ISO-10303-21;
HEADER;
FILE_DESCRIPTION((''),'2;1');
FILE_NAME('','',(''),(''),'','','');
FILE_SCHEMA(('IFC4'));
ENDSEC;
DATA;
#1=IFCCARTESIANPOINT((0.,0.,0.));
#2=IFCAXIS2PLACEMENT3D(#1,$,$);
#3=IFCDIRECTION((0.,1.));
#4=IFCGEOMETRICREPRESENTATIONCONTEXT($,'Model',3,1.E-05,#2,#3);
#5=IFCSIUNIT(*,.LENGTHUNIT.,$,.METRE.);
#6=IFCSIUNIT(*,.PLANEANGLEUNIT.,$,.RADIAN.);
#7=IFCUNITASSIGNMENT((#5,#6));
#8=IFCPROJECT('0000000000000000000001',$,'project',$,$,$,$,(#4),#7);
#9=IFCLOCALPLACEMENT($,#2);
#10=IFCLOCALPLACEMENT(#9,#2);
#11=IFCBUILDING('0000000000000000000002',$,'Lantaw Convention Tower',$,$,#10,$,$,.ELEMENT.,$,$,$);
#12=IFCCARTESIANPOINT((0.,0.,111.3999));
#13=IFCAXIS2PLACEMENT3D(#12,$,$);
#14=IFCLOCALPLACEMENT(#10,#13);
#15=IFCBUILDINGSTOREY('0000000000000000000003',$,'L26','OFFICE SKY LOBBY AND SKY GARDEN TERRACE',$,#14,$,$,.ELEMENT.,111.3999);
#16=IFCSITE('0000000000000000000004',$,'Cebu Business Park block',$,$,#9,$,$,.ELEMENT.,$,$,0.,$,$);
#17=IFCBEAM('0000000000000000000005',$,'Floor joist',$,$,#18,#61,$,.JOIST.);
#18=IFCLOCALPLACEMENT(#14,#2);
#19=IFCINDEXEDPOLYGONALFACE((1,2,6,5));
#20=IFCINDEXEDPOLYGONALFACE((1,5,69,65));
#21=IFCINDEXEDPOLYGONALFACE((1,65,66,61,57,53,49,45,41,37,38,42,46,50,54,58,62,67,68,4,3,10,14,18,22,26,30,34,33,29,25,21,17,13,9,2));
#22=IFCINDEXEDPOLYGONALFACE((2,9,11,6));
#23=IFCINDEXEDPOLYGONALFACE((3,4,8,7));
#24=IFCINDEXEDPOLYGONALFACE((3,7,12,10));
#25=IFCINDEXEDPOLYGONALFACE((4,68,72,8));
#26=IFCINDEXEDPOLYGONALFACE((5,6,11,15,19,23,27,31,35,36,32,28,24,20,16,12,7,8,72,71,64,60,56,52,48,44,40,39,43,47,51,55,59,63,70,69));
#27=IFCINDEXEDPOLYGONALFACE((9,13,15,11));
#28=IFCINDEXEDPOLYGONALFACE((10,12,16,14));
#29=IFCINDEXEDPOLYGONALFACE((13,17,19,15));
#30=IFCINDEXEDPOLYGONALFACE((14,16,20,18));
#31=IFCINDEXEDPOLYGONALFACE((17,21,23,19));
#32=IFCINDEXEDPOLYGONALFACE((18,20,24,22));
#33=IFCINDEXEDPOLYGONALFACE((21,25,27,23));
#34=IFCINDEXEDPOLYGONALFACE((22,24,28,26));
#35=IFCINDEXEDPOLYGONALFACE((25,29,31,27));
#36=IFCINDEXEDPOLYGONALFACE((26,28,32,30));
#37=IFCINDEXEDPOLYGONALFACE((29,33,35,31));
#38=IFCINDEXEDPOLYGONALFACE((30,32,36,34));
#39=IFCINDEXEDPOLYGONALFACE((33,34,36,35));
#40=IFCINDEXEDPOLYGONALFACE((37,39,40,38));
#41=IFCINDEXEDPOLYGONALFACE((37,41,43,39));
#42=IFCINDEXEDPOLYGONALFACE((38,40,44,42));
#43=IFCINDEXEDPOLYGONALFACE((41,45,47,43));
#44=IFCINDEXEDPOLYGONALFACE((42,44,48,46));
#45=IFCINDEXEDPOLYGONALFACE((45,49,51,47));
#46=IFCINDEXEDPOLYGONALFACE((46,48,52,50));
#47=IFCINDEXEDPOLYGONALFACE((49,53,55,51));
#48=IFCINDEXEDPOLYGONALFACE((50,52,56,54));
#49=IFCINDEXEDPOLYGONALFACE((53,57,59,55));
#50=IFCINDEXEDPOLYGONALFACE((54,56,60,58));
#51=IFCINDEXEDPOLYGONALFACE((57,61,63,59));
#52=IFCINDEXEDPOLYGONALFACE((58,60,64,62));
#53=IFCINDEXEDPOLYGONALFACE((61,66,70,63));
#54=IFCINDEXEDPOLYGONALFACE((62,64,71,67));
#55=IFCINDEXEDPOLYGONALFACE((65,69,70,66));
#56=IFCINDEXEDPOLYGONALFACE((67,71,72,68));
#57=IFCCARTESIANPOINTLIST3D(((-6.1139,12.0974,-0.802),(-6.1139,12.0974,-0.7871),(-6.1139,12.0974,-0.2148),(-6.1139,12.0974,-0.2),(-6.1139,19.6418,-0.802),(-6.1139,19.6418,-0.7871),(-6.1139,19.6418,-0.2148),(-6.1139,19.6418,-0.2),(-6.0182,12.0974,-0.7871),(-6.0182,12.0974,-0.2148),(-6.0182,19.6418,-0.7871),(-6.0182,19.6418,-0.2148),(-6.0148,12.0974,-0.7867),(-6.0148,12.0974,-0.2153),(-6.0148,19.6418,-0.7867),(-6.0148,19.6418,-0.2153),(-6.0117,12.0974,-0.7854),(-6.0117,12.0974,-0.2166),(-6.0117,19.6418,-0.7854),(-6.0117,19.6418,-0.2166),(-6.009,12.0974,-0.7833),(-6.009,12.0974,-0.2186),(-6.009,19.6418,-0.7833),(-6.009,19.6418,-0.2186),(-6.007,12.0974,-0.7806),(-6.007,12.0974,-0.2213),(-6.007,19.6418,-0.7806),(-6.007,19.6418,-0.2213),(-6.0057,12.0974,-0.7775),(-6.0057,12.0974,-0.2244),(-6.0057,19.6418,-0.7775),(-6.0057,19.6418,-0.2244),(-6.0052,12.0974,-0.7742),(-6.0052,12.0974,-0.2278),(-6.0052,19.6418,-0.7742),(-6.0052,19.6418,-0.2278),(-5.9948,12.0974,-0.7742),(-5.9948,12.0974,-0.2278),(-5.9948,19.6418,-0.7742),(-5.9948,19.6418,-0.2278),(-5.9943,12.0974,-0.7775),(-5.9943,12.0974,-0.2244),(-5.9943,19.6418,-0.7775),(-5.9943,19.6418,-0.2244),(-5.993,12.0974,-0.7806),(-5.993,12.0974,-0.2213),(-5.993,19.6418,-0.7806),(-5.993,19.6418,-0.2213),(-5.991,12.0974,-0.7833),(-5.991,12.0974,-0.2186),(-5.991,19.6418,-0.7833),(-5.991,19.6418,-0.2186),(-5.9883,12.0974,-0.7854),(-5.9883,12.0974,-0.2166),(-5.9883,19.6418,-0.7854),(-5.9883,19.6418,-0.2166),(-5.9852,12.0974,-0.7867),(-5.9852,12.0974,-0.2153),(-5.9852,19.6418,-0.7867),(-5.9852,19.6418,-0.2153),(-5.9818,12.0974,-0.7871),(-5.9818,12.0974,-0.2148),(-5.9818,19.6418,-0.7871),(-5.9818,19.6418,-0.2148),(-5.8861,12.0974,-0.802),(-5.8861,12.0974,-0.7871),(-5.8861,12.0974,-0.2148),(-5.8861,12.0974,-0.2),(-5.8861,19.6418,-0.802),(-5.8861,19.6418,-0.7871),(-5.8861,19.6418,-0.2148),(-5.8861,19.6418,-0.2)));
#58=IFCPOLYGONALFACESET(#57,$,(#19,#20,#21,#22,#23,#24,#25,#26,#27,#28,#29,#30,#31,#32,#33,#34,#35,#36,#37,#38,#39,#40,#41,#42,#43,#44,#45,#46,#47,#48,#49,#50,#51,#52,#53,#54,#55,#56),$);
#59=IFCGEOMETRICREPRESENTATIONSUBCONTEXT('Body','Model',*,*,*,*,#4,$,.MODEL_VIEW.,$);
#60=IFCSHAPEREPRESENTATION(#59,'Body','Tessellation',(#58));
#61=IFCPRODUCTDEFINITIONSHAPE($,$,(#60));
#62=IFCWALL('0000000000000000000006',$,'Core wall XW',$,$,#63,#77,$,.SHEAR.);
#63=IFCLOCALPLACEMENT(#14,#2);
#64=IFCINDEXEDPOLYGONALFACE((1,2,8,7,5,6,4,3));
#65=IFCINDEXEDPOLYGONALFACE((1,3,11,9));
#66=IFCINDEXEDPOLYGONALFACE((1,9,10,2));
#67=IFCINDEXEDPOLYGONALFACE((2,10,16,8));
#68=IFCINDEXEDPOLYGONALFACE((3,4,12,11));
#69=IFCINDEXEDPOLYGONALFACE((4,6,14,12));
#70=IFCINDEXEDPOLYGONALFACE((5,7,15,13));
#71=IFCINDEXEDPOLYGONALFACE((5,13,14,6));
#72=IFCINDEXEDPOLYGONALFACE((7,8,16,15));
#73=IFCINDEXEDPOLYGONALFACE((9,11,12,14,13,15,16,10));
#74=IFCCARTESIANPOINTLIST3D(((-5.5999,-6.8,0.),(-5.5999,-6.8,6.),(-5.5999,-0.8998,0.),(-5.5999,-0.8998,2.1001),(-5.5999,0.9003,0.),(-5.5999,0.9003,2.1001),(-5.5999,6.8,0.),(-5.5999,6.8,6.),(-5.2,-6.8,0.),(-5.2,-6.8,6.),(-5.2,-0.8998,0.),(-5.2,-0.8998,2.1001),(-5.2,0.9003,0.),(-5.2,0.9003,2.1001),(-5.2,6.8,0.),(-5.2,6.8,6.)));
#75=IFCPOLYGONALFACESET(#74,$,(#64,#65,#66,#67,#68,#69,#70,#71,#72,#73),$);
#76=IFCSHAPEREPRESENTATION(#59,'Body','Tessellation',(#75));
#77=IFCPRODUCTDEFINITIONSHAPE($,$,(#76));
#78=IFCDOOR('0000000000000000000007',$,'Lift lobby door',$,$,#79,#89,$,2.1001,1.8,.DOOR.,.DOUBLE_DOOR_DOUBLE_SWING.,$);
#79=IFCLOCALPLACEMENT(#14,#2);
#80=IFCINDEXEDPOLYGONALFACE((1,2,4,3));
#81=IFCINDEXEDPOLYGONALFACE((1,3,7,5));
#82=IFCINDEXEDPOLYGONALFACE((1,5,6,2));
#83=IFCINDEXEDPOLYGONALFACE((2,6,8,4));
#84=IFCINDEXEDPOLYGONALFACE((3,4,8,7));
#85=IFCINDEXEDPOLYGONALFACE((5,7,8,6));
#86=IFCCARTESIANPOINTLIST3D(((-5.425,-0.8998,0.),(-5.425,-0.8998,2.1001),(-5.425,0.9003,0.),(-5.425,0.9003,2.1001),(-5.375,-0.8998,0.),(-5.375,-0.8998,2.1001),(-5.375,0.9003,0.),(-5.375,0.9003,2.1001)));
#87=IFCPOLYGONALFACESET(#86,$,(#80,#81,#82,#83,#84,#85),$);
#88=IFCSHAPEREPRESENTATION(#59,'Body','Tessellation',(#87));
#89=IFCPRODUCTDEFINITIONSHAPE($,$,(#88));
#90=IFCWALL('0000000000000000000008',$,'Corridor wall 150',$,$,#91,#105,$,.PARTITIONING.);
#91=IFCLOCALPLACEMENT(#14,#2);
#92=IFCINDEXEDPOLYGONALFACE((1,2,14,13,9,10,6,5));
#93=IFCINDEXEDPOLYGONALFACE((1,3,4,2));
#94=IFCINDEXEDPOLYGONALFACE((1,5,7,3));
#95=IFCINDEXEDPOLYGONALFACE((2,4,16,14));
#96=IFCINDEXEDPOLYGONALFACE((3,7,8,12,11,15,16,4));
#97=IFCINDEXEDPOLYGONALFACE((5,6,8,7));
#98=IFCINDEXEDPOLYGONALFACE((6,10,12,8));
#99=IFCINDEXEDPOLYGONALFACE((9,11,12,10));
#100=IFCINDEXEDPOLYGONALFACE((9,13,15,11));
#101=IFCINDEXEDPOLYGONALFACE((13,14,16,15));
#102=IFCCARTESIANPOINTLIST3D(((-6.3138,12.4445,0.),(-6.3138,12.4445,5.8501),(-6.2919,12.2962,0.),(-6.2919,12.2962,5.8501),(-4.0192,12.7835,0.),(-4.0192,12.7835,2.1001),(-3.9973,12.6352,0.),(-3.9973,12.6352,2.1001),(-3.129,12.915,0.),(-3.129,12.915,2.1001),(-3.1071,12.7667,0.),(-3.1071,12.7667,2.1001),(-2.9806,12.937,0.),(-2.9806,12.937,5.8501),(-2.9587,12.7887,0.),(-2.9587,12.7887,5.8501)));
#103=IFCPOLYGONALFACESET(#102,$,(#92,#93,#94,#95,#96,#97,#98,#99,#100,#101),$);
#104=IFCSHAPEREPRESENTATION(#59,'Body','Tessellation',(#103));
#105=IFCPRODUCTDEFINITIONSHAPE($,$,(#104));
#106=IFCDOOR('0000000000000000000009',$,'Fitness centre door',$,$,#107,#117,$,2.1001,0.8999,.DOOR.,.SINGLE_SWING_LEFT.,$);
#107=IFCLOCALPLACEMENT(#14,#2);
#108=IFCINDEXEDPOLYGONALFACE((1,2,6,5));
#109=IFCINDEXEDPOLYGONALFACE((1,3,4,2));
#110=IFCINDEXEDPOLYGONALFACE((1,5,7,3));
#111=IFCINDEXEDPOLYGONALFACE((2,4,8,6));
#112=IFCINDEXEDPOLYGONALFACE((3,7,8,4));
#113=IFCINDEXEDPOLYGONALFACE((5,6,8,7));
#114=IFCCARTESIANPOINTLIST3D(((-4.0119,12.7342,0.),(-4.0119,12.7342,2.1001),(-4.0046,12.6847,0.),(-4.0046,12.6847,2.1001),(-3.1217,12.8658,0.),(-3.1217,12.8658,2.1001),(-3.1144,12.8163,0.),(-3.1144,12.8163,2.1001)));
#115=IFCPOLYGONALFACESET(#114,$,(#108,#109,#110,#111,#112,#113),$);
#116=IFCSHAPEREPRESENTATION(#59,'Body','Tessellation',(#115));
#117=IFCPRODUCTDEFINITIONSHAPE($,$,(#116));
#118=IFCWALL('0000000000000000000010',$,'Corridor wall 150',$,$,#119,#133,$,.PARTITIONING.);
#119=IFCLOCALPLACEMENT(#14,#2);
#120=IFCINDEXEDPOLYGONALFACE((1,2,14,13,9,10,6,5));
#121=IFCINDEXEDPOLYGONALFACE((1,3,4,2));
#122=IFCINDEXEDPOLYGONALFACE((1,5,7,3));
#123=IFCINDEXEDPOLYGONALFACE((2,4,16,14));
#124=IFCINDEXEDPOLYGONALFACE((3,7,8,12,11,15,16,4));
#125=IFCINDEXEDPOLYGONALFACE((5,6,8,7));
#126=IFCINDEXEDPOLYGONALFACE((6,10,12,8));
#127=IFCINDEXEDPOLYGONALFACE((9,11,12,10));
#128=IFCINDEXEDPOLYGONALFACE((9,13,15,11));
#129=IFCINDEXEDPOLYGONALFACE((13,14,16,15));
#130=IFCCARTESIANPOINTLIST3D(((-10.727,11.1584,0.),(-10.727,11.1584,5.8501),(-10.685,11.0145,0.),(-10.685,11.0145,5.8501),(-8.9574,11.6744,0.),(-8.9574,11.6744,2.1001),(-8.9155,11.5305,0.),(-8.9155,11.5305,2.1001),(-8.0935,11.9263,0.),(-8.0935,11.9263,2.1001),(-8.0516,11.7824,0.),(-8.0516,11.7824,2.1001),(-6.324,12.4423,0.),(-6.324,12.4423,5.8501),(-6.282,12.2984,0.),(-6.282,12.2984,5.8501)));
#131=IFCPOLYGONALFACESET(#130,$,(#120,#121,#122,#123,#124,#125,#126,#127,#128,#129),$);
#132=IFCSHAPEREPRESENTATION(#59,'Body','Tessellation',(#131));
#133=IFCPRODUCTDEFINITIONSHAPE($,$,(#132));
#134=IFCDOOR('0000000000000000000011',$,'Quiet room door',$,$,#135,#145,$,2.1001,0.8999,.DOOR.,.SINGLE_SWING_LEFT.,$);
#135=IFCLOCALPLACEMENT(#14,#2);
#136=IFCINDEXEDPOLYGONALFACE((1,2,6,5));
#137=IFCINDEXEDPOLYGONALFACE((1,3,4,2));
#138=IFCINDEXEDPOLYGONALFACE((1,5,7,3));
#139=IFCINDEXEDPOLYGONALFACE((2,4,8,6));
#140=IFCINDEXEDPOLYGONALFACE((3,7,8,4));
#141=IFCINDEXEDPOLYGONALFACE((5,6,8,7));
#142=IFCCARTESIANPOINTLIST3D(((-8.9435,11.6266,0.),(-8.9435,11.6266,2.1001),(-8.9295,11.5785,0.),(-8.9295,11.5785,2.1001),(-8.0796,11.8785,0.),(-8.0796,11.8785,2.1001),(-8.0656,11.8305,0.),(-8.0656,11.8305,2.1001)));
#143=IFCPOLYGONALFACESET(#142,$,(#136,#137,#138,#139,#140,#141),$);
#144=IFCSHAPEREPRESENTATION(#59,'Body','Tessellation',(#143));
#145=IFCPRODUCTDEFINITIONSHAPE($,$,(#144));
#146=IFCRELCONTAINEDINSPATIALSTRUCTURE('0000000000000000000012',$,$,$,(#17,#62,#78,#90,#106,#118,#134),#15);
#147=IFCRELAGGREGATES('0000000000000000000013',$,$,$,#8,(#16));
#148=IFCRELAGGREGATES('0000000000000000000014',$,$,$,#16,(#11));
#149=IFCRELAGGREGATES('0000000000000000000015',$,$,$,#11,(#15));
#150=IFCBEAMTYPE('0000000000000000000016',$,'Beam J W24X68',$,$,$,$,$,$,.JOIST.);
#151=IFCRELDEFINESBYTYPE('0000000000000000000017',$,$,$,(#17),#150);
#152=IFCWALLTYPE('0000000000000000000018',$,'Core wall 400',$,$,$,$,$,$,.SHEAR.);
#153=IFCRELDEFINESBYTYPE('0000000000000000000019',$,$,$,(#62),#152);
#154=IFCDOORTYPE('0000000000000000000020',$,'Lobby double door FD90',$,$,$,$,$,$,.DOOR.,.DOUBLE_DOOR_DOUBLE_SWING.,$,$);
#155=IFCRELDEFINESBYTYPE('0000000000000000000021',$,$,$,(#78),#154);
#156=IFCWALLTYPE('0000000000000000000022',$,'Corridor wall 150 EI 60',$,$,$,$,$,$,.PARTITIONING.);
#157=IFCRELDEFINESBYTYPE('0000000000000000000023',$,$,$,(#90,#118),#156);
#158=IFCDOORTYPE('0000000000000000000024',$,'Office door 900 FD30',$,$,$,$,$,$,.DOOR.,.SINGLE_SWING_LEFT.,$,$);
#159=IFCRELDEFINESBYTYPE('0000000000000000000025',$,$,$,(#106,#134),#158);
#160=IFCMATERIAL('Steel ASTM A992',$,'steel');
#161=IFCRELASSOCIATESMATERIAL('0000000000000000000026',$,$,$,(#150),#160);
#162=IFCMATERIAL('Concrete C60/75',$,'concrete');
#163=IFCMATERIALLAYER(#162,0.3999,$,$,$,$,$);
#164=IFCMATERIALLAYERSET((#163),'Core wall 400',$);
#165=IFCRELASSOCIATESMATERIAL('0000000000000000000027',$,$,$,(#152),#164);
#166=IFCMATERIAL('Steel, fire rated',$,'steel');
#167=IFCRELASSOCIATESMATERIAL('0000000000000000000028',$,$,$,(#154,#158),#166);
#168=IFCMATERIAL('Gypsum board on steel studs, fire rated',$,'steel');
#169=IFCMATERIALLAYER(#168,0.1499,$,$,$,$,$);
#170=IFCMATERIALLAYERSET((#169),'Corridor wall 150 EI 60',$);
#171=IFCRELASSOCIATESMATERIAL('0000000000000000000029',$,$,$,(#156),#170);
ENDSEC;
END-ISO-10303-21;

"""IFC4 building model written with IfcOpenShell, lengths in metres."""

from ifc_helpers import new_model, si_unit, direction, frame, frame_2d, origin, origin_2d, place, context, subcontext, project, spatial, rectangle, i_section, extrude, material, layer, layer_set, material_profile, profile_set, type_object, element, fill, save


model = new_model("IFC4")

# Units and contexts
model_context = context("Model", 3, precision=1e-05, world=origin(), true_north=direction((0.0, 1.0)))
body_context = subcontext(model_context, "Body", "Model", "MODEL_VIEW")
ifc_project = project(units=[si_unit("LENGTHUNIT", "METRE"), si_unit("PLANEANGLEUNIT", "RADIAN")], contexts=[model_context])

# Site, building, storey
site_placement = place(None, origin())
site = spatial("IfcSite", under=ifc_project, at=site_placement, Name="Cebu Business Park block", CompositionType="ELEMENT", RefElevation=0.0)
building_placement = place(site_placement, origin())
building = spatial("IfcBuilding", under=site, at=building_placement, Name="Lantaw Convention Tower", CompositionType="ELEMENT")
storey_placement = place(building_placement, frame((0.0, 0.0, 111.3999)))
storey = spatial("IfcBuildingStorey", under=building, at=storey_placement, Name="L26", Description="OFFICE SKY LOBBY AND SKY GARDEN TERRACE", CompositionType="ELEMENT", Elevation=111.3999)

# Beam
ifc_material_1 = material(Name="Steel ASTM A992", Category="steel")
ifc_material_profile_1 = material_profile(ifc_material_1, i_section(OverallWidth=0.2278, OverallDepth=0.6021, WebThickness=0.0105, FlangeThickness=0.0149, FilletRadius=0.0129, at=origin_2d()), Name="W24X68")
ifc_profile_set_1 = profile_set([ifc_material_profile_1], Name="Steel ASTM A992")
beam_type_1 = type_object("IfcBeamType", Name="Beam J W24X68", PredefinedType="JOIST", material=ifc_profile_set_1)
beam_1_placement = place(storey_placement, frame((-6.0, 12.0974, -0.501), z_axis=(0.0, 1.0, 0.0), x_axis=(-1.0, 0.0, 0.0)))
element("IfcBeam", 1, at=beam_1_placement, inside=storey, type_object=beam_type_1, Name="Floor joist", PredefinedType="JOIST", context=body_context, shape_type="SweptSolid", body=[
    extrude(i_section(OverallWidth=0.2278, OverallDepth=0.6021, WebThickness=0.0105, FlangeThickness=0.0149, FilletRadius=0.0129, at=origin_2d()), origin(), (0.0, 0.0, 1.0), 7.5444),
])

# Walls, openings, doors
ifc_material_2 = material(Name="Concrete C60/75", Category="concrete")
ifc_layer_1 = layer(ifc_material_2, 0.3999)
ifc_layer_set_1 = layer_set([ifc_layer_1], Name="Core wall 400")
wall_type_1 = type_object("IfcWallType", Name="Core wall 400", PredefinedType="SHEAR", material=ifc_layer_set_1)
wall_1_placement = place(storey_placement, frame((-5.3999, 6.8, 0.0), z_axis=(0.0, 0.0, 1.0), x_axis=(0.0, -1.0, 0.0)))
wall_1 = element("IfcWall", 2, at=wall_1_placement, inside=storey, type_object=wall_type_1, Name="Core wall XW", PredefinedType="SHEAR", context=body_context, shape_type="SweptSolid", body=[
    extrude(rectangle(XDim=13.6001, YDim=0.3999, at=frame_2d((6.8, 0.0))), origin(), (0.0, 0.0, 1.0), 6.0),
])
opening_1_placement = place(wall_1_placement, frame((5.8999, 0.0, 0.0)))
opening_1 = element("IfcOpeningElement", 3, at=opening_1_placement, cuts=wall_1, PredefinedType="OPENING", context=body_context, shape_type="SweptSolid", body=[
    extrude(rectangle(XDim=1.8, YDim=2.1001, at=frame_2d((0.8999, 1.05))), frame((0.0, 0.21, 0.0), z_axis=(0.0, -1.0, 0.0), x_axis=(1.0, 0.0, 0.0)), (0.0, 0.0, 1.0), 0.4199),
])
ifc_material_3 = material(Name="Steel, fire rated", Category="steel")
door_type_1 = type_object("IfcDoorType", Name="Lobby double door FD90", OperationType="DOUBLE_DOOR_DOUBLE_SWING", PredefinedType="DOOR", material=ifc_material_3)
door_1_placement = place(opening_1_placement, origin())
door_1 = element("IfcDoor", 4, at=door_1_placement, inside=storey, type_object=door_type_1, Name="Lift lobby door", OperationType="DOUBLE_DOOR_DOUBLE_SWING", OverallHeight=2.1001, OverallWidth=1.8, PredefinedType="DOOR", context=body_context, shape_type="SweptSolid", body=[
    extrude(rectangle(XDim=1.8, YDim=2.1001, at=frame_2d((0.8999, 1.05))), frame((0.0, 0.0249, 0.0), z_axis=(0.0, -1.0, 0.0), x_axis=(1.0, 0.0, 0.0)), (0.0, 0.0, 1.0), 0.05),
])
fill(opening_1, door_1)
ifc_material_4 = material(Name="Gypsum board on steel studs, fire rated", Category="steel")
ifc_layer_2 = layer(ifc_material_4, 0.1499)
ifc_layer_set_2 = layer_set([ifc_layer_2], Name="Corridor wall 150 EI 60")
wall_type_2 = type_object("IfcWallType", Name="Corridor wall 150 EI 60", PredefinedType="PARTITIONING", material=ifc_layer_set_2)
wall_2_placement = place(storey_placement, frame((-2.9697, 12.8628, 0.0), z_axis=(0.0, 0.0, 1.0), x_axis=(-0.989263, -0.146147, 0.0)))
wall_2 = element("IfcWall", 5, at=wall_2_placement, inside=storey, type_object=wall_type_2, Name="Corridor wall 150", PredefinedType="PARTITIONING", context=body_context, shape_type="SweptSolid", body=[
    extrude(rectangle(XDim=3.3694, YDim=0.1499, at=frame_2d((1.6846, 0.0))), origin(), (0.0, 0.0, 1.0), 5.8501),
])
opening_2_placement = place(wall_2_placement, frame((0.1499, 0.0, 0.0)))
opening_2 = element("IfcOpeningElement", 6, at=opening_2_placement, cuts=wall_2, PredefinedType="OPENING", context=body_context, shape_type="SweptSolid", body=[
    extrude(rectangle(XDim=0.8999, YDim=2.1001, at=frame_2d((0.45, 1.05))), frame((0.0, 0.085, 0.0), z_axis=(0.0, -1.0, 0.0), x_axis=(1.0, 0.0, 0.0)), (0.0, 0.0, 1.0), 0.1699),
])
door_type_2 = type_object("IfcDoorType", Name="Office door 900 FD30", OperationType="SINGLE_SWING_LEFT", PredefinedType="DOOR", material=ifc_material_3)
door_2_placement = place(opening_2_placement, origin())
door_2 = element("IfcDoor", 7, at=door_2_placement, inside=storey, type_object=door_type_2, Name="Fitness centre door", OperationType="SINGLE_SWING_LEFT", OverallHeight=2.1001, OverallWidth=0.8999, PredefinedType="DOOR", context=body_context, shape_type="SweptSolid", body=[
    extrude(rectangle(XDim=0.8999, YDim=2.1001, at=frame_2d((0.45, 1.05))), frame((0.0, 0.0249, 0.0), z_axis=(0.0, -1.0, 0.0), x_axis=(1.0, 0.0, 0.0)), (0.0, 0.0, 1.0), 0.05),
])
fill(opening_2, door_2)
wall_3_placement = place(storey_placement, frame((-6.303, 12.3704, 0.0), z_axis=(0.0, 0.0, 1.0), x_axis=(-0.960017, -0.279941, 0.0)))
wall_3 = element("IfcWall", 8, at=wall_3_placement, inside=storey, type_object=wall_type_2, Name="Corridor wall 150", PredefinedType="PARTITIONING", context=body_context, shape_type="SweptSolid", body=[
    extrude(rectangle(XDim=4.5864, YDim=0.1499, at=frame_2d((2.2932, 0.0))), origin(), (0.0, 0.0, 1.0), 5.8501),
])
opening_3_placement = place(wall_3_placement, frame((1.8433, 0.0, 0.0)))
opening_3 = element("IfcOpeningElement", 9, at=opening_3_placement, cuts=wall_3, PredefinedType="OPENING", context=body_context, shape_type="SweptSolid", body=[
    extrude(rectangle(XDim=0.8999, YDim=2.1001, at=frame_2d((0.45, 1.05))), frame((0.0, 0.085, 0.0), z_axis=(0.0, -1.0, 0.0), x_axis=(1.0, 0.0, 0.0)), (0.0, 0.0, 1.0), 0.1699),
])
door_3_placement = place(opening_3_placement, origin())
door_3 = element("IfcDoor", 10, at=door_3_placement, inside=storey, type_object=door_type_2, Name="Quiet room door", OperationType="SINGLE_SWING_LEFT", OverallHeight=2.1001, OverallWidth=0.8999, PredefinedType="DOOR", context=body_context, shape_type="SweptSolid", body=[
    extrude(rectangle(XDim=0.8999, YDim=2.1001, at=frame_2d((0.45, 1.05))), frame((0.0, 0.0249, 0.0), z_axis=(0.0, -1.0, 0.0), x_axis=(1.0, 0.0, 0.0)), (0.0, 0.0, 1.0), 0.05),
])
fill(opening_3, door_3)

save(model, "model.ifc")
